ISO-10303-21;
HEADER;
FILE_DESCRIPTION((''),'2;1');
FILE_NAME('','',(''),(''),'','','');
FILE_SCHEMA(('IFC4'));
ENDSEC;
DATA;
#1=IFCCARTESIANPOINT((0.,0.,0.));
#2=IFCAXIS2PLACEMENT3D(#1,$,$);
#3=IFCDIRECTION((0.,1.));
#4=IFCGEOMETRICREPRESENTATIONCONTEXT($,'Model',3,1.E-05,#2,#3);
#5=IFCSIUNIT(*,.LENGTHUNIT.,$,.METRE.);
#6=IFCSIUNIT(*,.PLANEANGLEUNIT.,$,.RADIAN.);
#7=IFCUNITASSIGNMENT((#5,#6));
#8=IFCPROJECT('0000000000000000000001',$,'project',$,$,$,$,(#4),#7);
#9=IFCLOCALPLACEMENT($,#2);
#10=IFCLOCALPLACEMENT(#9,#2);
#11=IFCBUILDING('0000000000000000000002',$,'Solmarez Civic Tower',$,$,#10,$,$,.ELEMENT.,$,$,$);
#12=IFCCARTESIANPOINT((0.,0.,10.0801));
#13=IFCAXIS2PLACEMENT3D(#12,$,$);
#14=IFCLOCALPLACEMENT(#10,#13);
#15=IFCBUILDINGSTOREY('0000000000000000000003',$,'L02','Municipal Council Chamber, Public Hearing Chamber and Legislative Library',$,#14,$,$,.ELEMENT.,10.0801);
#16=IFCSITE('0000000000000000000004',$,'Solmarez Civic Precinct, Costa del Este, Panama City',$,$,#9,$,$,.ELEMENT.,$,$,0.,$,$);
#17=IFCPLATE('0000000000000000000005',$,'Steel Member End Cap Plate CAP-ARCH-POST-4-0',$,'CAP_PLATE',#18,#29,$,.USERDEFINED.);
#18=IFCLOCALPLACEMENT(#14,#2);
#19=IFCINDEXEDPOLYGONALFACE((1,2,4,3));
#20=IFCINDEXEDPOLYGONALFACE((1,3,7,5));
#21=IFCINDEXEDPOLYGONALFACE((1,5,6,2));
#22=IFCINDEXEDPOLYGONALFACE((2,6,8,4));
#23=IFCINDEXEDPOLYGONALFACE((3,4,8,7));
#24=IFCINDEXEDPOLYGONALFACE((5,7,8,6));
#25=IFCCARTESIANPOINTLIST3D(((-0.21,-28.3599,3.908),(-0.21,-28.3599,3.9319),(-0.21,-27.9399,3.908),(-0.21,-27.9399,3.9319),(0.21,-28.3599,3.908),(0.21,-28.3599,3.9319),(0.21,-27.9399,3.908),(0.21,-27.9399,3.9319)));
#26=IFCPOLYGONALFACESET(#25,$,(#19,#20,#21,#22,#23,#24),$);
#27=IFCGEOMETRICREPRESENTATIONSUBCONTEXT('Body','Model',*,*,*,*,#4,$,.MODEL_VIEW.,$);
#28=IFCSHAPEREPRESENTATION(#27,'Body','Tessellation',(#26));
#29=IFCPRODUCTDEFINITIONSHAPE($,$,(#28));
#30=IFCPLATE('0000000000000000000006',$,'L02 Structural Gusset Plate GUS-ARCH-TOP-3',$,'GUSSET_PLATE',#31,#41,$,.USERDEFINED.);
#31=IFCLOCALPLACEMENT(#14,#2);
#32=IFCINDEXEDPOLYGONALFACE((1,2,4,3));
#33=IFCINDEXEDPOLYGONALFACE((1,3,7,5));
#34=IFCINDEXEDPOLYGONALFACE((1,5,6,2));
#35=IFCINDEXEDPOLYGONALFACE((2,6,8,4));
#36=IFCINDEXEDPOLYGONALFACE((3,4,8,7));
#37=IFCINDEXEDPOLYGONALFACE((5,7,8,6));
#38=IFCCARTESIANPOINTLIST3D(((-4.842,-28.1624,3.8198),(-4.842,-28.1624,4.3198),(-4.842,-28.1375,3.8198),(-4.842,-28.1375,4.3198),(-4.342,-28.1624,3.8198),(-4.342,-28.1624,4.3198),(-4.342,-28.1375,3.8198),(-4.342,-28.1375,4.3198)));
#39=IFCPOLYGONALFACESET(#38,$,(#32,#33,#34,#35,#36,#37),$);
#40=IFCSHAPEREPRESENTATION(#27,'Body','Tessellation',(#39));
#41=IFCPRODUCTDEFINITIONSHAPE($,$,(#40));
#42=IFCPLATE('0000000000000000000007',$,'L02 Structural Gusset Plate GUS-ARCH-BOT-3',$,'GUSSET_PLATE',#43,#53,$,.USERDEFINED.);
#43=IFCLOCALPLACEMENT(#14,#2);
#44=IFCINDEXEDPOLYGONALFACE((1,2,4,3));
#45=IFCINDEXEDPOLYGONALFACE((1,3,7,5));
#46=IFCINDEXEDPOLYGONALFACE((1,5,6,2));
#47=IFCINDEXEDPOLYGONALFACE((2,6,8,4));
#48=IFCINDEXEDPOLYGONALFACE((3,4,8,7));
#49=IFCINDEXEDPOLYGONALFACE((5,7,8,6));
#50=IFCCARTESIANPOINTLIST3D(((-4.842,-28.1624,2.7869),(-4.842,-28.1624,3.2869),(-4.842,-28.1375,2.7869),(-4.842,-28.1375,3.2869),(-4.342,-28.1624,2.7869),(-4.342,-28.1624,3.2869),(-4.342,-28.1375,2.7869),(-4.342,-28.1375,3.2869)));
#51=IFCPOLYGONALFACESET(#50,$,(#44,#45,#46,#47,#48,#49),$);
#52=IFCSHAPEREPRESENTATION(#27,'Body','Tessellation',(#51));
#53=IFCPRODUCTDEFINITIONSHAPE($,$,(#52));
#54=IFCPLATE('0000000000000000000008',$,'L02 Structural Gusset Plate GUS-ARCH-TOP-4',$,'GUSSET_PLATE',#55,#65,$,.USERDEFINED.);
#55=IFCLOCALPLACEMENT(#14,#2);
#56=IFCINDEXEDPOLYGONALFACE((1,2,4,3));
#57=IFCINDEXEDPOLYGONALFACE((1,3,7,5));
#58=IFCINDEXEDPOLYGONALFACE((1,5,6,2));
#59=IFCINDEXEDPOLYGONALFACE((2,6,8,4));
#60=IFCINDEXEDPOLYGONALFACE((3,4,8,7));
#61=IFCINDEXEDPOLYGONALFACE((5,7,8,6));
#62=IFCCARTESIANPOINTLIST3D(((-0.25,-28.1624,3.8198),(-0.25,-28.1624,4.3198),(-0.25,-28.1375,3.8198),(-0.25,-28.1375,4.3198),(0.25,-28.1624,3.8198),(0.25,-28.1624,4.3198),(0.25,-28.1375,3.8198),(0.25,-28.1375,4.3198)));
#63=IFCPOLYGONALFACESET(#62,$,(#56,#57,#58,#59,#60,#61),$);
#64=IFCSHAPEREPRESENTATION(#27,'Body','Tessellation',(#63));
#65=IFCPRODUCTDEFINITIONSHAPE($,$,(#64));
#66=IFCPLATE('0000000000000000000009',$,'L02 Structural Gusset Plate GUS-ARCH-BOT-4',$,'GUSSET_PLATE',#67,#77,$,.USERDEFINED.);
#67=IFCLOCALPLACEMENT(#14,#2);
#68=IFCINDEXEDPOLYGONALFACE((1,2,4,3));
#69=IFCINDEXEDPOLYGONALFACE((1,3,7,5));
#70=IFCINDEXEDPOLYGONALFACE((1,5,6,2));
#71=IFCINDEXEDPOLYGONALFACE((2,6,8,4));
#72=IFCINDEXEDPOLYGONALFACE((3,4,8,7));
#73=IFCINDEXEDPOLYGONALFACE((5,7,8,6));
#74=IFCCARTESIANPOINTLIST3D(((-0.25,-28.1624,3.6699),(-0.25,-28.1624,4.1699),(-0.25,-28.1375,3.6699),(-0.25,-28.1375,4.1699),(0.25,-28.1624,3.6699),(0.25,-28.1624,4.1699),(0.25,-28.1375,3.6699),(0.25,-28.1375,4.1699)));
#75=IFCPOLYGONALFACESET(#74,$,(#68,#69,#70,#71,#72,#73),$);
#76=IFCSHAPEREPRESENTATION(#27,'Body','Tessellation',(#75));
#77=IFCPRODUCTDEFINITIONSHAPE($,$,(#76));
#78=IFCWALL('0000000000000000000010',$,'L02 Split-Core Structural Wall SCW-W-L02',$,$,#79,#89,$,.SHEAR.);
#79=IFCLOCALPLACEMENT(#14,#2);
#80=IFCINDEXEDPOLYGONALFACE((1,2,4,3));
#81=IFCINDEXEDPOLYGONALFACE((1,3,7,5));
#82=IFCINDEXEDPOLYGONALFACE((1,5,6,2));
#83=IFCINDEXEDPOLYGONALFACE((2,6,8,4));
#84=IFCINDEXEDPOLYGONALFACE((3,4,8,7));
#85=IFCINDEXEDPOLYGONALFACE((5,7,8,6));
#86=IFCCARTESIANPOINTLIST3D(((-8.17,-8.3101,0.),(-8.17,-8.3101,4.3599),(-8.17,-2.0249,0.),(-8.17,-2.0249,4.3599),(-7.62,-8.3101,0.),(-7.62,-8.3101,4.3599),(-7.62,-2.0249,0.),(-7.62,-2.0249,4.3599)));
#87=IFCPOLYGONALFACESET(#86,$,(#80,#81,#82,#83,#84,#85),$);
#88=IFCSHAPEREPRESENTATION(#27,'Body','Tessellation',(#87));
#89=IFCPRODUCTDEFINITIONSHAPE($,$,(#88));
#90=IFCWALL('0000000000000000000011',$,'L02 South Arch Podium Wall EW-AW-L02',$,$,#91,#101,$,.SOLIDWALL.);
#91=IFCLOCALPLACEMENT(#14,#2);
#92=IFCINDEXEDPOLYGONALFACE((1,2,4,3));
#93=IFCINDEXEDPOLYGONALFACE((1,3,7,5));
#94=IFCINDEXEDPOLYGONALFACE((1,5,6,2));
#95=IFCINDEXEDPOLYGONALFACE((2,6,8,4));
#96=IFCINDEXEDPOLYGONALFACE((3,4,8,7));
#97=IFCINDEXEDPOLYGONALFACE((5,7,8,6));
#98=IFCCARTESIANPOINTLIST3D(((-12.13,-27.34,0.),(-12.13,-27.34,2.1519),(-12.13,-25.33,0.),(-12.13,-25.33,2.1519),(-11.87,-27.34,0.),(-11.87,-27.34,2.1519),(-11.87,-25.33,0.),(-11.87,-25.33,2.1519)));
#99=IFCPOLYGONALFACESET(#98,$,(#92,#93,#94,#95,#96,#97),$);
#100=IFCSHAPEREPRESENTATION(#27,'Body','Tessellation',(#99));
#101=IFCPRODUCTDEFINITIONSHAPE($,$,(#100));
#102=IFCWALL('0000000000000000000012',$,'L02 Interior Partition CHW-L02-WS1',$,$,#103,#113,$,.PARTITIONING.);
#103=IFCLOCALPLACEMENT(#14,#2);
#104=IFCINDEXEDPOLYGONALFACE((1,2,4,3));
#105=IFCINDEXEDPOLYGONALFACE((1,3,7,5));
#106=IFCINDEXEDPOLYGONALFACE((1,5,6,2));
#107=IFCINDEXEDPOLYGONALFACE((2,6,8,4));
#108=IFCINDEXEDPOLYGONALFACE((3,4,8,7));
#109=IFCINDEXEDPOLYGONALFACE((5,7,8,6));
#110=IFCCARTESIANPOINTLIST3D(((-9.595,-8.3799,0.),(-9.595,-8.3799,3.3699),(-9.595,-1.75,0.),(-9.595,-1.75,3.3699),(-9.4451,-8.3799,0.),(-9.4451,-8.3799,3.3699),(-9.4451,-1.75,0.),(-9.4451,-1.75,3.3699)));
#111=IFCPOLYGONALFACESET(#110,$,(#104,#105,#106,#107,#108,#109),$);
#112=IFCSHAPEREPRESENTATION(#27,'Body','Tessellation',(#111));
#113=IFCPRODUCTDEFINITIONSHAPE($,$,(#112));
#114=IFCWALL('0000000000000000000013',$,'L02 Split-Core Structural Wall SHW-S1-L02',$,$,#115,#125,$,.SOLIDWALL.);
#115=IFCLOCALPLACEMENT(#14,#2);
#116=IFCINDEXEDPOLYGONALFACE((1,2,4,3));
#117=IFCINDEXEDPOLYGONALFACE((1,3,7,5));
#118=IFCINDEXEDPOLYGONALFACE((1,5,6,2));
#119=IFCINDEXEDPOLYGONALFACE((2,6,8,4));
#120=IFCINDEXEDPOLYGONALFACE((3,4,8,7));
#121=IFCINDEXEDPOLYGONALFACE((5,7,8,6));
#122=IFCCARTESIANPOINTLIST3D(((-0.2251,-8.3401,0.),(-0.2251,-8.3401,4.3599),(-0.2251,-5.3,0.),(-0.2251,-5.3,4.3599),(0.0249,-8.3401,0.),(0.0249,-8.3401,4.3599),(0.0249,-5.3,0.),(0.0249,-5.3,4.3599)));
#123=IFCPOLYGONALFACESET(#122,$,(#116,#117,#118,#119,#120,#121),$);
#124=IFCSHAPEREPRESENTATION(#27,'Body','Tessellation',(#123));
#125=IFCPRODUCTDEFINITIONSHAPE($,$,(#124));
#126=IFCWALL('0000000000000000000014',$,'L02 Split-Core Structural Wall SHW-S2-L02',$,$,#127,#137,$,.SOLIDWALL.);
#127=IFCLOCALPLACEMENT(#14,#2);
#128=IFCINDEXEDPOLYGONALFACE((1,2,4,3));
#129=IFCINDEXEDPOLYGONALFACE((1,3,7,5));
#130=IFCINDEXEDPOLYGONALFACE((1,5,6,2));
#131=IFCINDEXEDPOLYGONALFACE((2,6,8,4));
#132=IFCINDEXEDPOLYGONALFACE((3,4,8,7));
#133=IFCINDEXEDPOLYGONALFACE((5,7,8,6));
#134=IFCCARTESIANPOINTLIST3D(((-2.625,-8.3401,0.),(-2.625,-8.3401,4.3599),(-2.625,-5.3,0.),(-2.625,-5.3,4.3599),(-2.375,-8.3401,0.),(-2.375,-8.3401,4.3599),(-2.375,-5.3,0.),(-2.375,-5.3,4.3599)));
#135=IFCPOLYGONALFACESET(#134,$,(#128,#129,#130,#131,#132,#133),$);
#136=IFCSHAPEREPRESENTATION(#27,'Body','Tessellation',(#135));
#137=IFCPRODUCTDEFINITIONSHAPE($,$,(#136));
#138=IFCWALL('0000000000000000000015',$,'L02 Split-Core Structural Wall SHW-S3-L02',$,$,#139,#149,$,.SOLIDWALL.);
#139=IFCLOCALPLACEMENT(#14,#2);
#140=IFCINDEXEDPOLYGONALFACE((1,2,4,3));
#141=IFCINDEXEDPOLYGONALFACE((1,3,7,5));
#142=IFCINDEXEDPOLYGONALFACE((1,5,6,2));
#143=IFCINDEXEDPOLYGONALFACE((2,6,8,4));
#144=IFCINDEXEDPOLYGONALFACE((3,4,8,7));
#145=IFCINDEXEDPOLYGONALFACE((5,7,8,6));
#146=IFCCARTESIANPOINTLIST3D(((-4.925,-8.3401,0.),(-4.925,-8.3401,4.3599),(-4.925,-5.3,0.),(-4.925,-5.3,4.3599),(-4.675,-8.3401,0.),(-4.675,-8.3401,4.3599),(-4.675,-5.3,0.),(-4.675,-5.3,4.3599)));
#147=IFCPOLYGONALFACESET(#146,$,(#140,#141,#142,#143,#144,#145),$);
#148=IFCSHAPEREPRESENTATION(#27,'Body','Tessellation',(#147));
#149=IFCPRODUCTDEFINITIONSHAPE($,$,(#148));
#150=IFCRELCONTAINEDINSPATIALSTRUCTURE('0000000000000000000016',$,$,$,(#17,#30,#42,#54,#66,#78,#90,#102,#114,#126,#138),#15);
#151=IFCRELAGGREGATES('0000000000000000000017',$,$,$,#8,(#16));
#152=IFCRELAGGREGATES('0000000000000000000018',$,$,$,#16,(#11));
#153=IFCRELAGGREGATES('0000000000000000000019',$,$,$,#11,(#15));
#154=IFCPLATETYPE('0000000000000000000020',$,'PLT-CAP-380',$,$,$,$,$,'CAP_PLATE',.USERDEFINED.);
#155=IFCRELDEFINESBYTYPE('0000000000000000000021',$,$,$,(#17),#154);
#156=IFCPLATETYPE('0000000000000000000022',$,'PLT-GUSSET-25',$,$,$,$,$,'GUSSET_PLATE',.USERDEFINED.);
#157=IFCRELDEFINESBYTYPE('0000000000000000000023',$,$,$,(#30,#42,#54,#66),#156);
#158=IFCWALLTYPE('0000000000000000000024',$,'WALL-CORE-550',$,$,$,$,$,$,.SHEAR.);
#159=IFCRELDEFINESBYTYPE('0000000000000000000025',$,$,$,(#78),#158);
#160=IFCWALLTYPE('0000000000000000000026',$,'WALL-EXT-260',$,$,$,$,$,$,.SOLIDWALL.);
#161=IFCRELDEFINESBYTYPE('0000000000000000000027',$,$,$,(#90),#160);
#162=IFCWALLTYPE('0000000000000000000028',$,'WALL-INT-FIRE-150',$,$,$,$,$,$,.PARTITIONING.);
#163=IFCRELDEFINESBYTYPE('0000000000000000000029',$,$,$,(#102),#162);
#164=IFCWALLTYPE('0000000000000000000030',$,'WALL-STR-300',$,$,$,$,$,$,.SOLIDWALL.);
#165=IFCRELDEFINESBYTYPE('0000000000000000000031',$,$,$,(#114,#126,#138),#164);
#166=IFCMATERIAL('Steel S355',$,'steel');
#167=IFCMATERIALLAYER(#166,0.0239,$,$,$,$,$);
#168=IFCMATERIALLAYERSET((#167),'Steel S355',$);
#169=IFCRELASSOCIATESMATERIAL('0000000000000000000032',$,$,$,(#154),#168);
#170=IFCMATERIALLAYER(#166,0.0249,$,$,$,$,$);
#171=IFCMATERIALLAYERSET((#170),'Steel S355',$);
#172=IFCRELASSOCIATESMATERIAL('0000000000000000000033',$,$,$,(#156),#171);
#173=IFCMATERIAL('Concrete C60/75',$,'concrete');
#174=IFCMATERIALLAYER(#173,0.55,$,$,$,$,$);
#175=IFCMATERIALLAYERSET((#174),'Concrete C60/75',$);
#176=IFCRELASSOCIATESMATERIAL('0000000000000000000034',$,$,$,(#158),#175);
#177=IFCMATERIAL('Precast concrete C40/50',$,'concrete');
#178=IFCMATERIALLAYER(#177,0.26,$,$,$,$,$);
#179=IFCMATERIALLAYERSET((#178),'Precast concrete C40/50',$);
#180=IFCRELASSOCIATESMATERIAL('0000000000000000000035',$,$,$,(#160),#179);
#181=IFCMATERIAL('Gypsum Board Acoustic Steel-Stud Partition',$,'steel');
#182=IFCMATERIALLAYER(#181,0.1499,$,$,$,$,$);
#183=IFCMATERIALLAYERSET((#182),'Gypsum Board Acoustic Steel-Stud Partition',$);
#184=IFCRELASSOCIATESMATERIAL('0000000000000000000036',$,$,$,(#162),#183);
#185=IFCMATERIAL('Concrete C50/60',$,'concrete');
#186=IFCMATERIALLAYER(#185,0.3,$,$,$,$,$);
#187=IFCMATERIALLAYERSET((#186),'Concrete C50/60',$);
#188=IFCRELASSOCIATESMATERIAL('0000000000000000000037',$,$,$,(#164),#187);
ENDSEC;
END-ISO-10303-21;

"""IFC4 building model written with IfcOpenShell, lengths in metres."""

from ifc_helpers import new_model, si_unit, direction, frame, frame_2d, origin, origin_2d, place, context, subcontext, project, spatial, rectangle, extrude, material, layer, layer_set, type_object, element, save


model = new_model("IFC4")

# Units and contexts
model_context = context("Model", 3, precision=1e-05, world=origin(), true_north=direction((0.0, 1.0)))
body_context = subcontext(model_context, "Body", "Model", "MODEL_VIEW")
ifc_project = project(units=[si_unit("LENGTHUNIT", "METRE"), si_unit("PLANEANGLEUNIT", "RADIAN")], contexts=[model_context])

# Site, building, storey
site_placement = place(None, origin())
site = spatial("IfcSite", under=ifc_project, at=site_placement, Name="Solmarez Civic Precinct, Costa del Este, Panama City", CompositionType="ELEMENT", RefElevation=0.0)
building_placement = place(site_placement, origin())
building = spatial("IfcBuilding", under=site, at=building_placement, Name="Solmarez Civic Tower", CompositionType="ELEMENT")
storey_placement = place(building_placement, frame((0.0, 0.0, 10.0801)))
storey = spatial("IfcBuildingStorey", under=building, at=storey_placement, Name="L02", Description="Municipal Council Chamber, Public Hearing Chamber and Legislative Library", CompositionType="ELEMENT", Elevation=10.0801)

# Shared definitions
ifc_material_1 = material(Name="Concrete C60/75", Category="concrete")

# Shared definitions
ifc_material_2 = material(Name="Steel S355", Category="steel")

# Plates
ifc_layer_1 = layer(ifc_material_2, 0.0239)
ifc_layer_set_1 = layer_set([ifc_layer_1], Name="Steel S355")
plate_type_1 = type_object("IfcPlateType", Name="PLT-CAP-380", ElementType="CAP_PLATE", PredefinedType="USERDEFINED", material=ifc_layer_set_1)
plate_placement = place(storey_placement, frame((0.0, -28.1499, 3.908), z_axis=(0.0, 0.0, 1.0), x_axis=(1.0, 0.0, 0.0)))
element("IfcPlate", 1, at=plate_placement, inside=storey, type_object=plate_type_1, Name="Steel Member End Cap Plate CAP-ARCH-POST-4-0", ObjectType="CAP_PLATE", PredefinedType="USERDEFINED", context=body_context, shape_type="SweptSolid", body=[
    extrude(rectangle(XDim=0.4199, YDim=0.4199, at=origin_2d()), origin(), (0.0, 0.0, 1.0), 0.0239),
])
ifc_layer_2 = layer(ifc_material_2, 0.0249)
ifc_layer_set_2 = layer_set([ifc_layer_2], Name="Steel S355")
plate_type_2 = type_object("IfcPlateType", Name="PLT-GUSSET-25", ElementType="GUSSET_PLATE", PredefinedType="USERDEFINED", material=ifc_layer_set_2)
for number, where, z_axis, x_axis, name in (
    (2, (-4.592, -28.1499, 3.8198), (0.0, 0.0, 1.0), (1.0, 0.0, 0.0), "L02 Structural Gusset Plate GUS-ARCH-TOP-3"),
    (3, (-4.592, -28.1499, 2.7869), (0.0, 0.0, 1.0), (1.0, 0.0, 0.0), "L02 Structural Gusset Plate GUS-ARCH-BOT-3"),
    (4, (0.0, -28.1499, 3.8198), (0.0, 0.0, 1.0), (1.0, 0.0, 0.0), "L02 Structural Gusset Plate GUS-ARCH-TOP-4"),
    (5, (0.0, -28.1499, 3.6699), (0.0, 0.0, 1.0), (1.0, 0.0, 0.0), "L02 Structural Gusset Plate GUS-ARCH-BOT-4"),
):
    element("IfcPlate", number, at=place(storey_placement, frame(where, z_axis=z_axis, x_axis=x_axis)), inside=storey, type_object=plate_type_2, Name=name, ObjectType="GUSSET_PLATE", PredefinedType="USERDEFINED", context=body_context, shape_type="SweptSolid", body=[
        extrude(rectangle(XDim=0.5, YDim=0.0249, at=origin_2d()), origin(), (0.0, 0.0, 1.0), 0.5),
    ])

# Walls
ifc_layer_3 = layer(ifc_material_1, 0.55)
ifc_layer_set_3 = layer_set([ifc_layer_3], Name="Concrete C60/75")
wall_type_1 = type_object("IfcWallType", Name="WALL-CORE-550", PredefinedType="SHEAR", material=ifc_layer_set_3)
wall_1_placement = place(storey_placement, frame((-7.895, -8.3101, 0.0), z_axis=(0.0, 0.0, 1.0), x_axis=(0.0, 1.0, 0.0)))
element("IfcWall", 6, at=wall_1_placement, inside=storey, type_object=wall_type_1, Name="L02 Split-Core Structural Wall SCW-W-L02", PredefinedType="SHEAR", context=body_context, shape_type="SweptSolid", body=[
    extrude(rectangle(XDim=6.2852, YDim=0.55, at=frame_2d((3.1426, 0.0))), origin(), (0.0, 0.0, 1.0), 4.3599),
])
ifc_material_3 = material(Name="Precast concrete C40/50", Category="concrete")
ifc_layer_4 = layer(ifc_material_3, 0.26)
ifc_layer_set_4 = layer_set([ifc_layer_4], Name="Precast concrete C40/50")
wall_type_2 = type_object("IfcWallType", Name="WALL-EXT-260", PredefinedType="SOLIDWALL", material=ifc_layer_set_4)
wall_2_placement = place(storey_placement, frame((-12.0, -25.3301, 0.0), z_axis=(0.0, 0.0, 1.0), x_axis=(0.0, -1.0, 0.0)))
element("IfcWall", 7, at=wall_2_placement, inside=storey, type_object=wall_type_2, Name="L02 South Arch Podium Wall EW-AW-L02", PredefinedType="SOLIDWALL", context=body_context, shape_type="SweptSolid", body=[
    extrude(rectangle(XDim=2.01, YDim=0.26, at=frame_2d((1.0049, 0.0))), origin(), (0.0, 0.0, 1.0), 2.1519),
])
ifc_material_4 = material(Name="Gypsum Board Acoustic Steel-Stud Partition", Category="steel")
ifc_layer_5 = layer(ifc_material_4, 0.1499)
ifc_layer_set_5 = layer_set([ifc_layer_5], Name="Gypsum Board Acoustic Steel-Stud Partition")
wall_type_3 = type_object("IfcWallType", Name="WALL-INT-FIRE-150", PredefinedType="PARTITIONING", material=ifc_layer_set_5)
wall_3_placement = place(storey_placement, frame((-9.52, -8.3799, 0.0), z_axis=(0.0, 0.0, 1.0), x_axis=(0.0, 1.0, 0.0)))
element("IfcWall", 8, at=wall_3_placement, inside=storey, type_object=wall_type_3, Name="L02 Interior Partition CHW-L02-WS1", PredefinedType="PARTITIONING", context=body_context, shape_type="SweptSolid", body=[
    extrude(rectangle(XDim=6.6299, YDim=0.1499, at=frame_2d((3.3149, 0.0))), origin(), (0.0, 0.0, 1.0), 3.3699),
])
ifc_material_5 = material(Name="Concrete C50/60", Category="concrete")
ifc_layer_6 = layer(ifc_material_5, 0.3)
ifc_layer_set_6 = layer_set([ifc_layer_6], Name="Concrete C50/60")
wall_type_4 = type_object("IfcWallType", Name="WALL-STR-300", PredefinedType="SOLIDWALL", material=ifc_layer_set_6)
for number, where, z_axis, x_axis, name in (
    (9, (-0.1001, -8.3401, 0.0), (0.0, 0.0, 1.0), (0.0, 1.0, 0.0), "L02 Split-Core Structural Wall SHW-S1-L02"),
    (10, (-2.5, -8.3401, 0.0), (0.0, 0.0, 1.0), (0.0, 1.0, 0.0), "L02 Split-Core Structural Wall SHW-S2-L02"),
    (11, (-4.8, -8.3401, 0.0), (0.0, 0.0, 1.0), (0.0, 1.0, 0.0), "L02 Split-Core Structural Wall SHW-S3-L02"),
):
    element("IfcWall", number, at=place(storey_placement, frame(where, z_axis=z_axis, x_axis=x_axis)), inside=storey, type_object=wall_type_4, Name=name, PredefinedType="SOLIDWALL", context=body_context, shape_type="SweptSolid", body=[
        extrude(rectangle(XDim=3.04, YDim=0.25, at=frame_2d((1.52, 0.0))), origin(), (0.0, 0.0, 1.0), 4.3599),
    ])

save(model, "model.ifc")
